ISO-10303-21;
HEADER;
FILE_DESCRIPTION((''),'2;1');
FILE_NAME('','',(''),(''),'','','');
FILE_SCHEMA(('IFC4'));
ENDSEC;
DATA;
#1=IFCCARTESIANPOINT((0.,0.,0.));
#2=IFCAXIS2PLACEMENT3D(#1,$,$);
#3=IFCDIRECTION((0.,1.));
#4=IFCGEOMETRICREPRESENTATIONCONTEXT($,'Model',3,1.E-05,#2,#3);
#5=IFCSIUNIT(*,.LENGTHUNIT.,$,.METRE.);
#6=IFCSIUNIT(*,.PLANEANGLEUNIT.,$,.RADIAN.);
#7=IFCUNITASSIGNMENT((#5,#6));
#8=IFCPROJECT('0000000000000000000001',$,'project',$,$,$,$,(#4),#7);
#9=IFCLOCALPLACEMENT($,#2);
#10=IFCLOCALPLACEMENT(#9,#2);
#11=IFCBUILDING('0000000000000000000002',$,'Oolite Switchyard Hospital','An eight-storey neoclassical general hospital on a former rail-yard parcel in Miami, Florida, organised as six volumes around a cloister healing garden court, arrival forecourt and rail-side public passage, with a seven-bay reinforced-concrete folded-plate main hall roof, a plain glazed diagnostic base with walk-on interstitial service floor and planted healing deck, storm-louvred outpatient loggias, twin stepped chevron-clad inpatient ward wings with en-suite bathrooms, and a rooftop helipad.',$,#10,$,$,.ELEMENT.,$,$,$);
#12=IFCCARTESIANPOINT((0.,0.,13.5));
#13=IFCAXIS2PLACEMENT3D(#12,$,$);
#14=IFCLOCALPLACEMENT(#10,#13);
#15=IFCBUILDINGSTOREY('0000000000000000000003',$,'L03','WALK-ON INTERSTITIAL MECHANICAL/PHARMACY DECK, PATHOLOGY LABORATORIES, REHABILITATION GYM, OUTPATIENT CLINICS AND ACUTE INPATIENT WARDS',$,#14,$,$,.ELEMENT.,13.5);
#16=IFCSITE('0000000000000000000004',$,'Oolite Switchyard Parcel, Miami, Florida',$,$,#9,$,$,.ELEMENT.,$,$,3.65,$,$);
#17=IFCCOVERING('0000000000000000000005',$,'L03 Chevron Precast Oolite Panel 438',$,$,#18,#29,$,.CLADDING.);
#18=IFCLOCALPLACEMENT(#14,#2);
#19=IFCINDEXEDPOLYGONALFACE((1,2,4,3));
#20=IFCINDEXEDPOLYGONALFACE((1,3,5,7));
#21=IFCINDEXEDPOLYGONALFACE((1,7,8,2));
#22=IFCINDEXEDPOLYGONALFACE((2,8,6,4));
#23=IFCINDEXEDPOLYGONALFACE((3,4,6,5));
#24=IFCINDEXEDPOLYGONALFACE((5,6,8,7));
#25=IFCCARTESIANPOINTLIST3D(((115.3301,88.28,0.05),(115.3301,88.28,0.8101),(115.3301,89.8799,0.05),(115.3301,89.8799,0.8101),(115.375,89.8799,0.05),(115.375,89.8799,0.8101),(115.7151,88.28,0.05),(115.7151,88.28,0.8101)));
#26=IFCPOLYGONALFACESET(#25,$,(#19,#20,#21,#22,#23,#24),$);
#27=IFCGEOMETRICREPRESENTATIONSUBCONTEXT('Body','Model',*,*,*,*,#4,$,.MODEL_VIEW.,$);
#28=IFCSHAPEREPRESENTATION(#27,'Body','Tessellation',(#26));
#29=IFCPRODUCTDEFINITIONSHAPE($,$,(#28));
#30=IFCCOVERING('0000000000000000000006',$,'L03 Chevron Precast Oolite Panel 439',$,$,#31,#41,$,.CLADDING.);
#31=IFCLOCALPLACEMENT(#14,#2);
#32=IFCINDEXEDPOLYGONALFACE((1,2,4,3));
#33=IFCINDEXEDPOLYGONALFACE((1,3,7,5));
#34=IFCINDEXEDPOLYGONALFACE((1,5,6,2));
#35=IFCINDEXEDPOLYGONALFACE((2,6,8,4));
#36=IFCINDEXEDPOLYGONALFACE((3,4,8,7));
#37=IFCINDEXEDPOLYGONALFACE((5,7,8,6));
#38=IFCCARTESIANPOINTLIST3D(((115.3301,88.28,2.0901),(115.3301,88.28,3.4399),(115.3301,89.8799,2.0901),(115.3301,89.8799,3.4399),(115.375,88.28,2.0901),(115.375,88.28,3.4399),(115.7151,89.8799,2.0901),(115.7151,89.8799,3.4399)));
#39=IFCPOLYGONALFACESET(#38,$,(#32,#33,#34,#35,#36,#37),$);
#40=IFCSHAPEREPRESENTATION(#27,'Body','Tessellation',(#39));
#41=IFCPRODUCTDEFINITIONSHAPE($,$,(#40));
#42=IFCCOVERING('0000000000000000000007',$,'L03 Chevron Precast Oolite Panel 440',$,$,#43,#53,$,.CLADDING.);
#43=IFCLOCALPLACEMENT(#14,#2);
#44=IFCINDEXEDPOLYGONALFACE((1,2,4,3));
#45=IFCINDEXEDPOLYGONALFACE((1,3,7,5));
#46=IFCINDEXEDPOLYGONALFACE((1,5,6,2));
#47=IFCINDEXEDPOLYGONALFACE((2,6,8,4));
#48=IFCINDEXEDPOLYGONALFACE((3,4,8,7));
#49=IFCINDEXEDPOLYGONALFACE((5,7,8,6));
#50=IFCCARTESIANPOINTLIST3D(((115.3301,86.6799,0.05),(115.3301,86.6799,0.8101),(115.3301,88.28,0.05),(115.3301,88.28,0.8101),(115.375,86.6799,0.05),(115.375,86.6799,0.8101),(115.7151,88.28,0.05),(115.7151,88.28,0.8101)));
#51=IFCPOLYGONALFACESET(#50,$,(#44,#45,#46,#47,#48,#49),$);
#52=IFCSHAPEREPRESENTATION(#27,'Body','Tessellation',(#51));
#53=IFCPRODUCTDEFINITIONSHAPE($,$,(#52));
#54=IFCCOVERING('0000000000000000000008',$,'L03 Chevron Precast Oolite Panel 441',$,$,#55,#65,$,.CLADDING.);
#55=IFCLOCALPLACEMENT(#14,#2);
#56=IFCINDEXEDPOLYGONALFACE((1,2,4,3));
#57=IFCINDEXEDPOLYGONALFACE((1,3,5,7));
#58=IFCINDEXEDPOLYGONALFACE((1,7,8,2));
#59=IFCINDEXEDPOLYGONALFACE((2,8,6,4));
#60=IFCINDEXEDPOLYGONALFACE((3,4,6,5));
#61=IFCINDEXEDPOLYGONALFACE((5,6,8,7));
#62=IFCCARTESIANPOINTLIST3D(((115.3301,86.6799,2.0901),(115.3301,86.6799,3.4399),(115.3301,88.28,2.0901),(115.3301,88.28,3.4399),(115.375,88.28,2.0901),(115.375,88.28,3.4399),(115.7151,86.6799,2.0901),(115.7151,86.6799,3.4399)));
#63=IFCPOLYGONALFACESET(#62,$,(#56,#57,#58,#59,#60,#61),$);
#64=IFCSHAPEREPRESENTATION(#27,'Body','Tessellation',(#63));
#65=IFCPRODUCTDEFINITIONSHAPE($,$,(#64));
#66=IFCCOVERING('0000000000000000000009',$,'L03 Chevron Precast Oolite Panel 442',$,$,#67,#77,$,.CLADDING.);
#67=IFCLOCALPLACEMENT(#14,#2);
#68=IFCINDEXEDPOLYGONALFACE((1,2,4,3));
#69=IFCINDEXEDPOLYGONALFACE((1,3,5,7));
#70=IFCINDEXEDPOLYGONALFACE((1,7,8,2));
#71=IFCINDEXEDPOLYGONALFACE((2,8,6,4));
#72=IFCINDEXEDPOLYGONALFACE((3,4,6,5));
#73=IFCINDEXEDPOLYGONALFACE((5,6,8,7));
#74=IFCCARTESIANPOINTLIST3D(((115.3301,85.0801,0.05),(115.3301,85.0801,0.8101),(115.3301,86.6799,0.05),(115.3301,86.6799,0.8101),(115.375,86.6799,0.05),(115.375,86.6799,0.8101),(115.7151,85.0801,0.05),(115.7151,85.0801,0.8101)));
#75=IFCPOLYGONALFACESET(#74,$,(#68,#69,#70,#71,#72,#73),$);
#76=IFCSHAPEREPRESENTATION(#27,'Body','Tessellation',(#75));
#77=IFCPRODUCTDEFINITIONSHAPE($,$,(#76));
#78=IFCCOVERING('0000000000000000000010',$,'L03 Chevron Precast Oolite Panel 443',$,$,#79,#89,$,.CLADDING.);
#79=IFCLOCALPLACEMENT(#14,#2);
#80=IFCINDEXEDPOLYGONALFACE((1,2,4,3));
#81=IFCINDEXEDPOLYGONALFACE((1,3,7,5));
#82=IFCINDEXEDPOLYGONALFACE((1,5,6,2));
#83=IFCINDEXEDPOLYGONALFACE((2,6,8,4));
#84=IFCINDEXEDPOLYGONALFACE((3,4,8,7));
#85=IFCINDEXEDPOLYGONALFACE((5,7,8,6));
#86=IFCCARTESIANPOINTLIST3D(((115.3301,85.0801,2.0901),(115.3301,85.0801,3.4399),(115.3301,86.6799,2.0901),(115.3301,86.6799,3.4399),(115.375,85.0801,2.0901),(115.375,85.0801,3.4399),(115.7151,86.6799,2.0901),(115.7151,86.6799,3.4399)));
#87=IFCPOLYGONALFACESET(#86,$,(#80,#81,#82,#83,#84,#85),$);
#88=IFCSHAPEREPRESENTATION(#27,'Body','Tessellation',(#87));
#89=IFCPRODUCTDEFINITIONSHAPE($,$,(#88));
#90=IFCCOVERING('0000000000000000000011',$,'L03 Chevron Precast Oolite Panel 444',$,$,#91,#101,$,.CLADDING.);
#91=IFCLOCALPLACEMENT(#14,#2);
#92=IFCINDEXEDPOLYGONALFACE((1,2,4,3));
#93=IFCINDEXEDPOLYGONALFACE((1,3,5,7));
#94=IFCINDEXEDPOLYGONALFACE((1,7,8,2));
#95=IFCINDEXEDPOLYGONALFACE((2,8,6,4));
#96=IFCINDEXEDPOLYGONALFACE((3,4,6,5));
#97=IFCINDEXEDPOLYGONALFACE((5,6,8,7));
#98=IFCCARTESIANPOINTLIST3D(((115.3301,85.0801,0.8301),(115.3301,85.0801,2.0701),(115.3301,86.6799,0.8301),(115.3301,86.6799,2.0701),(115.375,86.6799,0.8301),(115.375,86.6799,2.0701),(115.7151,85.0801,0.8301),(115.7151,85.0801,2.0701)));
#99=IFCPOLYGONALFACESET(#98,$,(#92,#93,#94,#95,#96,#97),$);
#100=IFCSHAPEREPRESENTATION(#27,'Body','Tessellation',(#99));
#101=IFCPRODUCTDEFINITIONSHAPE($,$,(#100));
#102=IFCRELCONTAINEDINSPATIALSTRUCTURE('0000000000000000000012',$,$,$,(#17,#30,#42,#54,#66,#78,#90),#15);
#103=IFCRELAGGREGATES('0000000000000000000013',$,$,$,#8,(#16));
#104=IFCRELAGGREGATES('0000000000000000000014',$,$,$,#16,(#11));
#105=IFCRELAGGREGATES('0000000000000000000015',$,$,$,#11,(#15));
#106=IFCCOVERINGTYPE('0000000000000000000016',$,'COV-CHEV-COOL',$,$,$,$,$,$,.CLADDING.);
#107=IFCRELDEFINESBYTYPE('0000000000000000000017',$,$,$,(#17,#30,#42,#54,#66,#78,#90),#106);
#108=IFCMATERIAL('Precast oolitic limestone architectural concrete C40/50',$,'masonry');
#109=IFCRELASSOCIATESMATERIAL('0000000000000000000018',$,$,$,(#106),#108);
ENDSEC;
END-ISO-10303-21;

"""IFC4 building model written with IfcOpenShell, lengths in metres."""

from ifc_helpers import new_model, si_unit, direction, frame, origin, place, context, subcontext, project, spatial, polyline, outline, extrude, material, type_object, element, save


model = new_model("IFC4")

# Units and contexts
model_context = context("Model", 3, precision=1e-05, world=origin(), true_north=direction((0.0, 1.0)))
body_context = subcontext(model_context, "Body", "Model", "MODEL_VIEW")
ifc_project = project(units=[si_unit("LENGTHUNIT", "METRE"), si_unit("PLANEANGLEUNIT", "RADIAN")], contexts=[model_context])

# Site, building, storey
site_placement = place(None, origin())
site = spatial("IfcSite", under=ifc_project, at=site_placement, Name="Oolite Switchyard Parcel, Miami, Florida", CompositionType="ELEMENT", RefElevation=3.65)
building_placement = place(site_placement, origin())
building = spatial("IfcBuilding", under=site, at=building_placement, Name="Oolite Switchyard Hospital", Description="An eight-storey neoclassical general hospital on a former rail-yard parcel in Miami, Florida, organised as six volumes around a cloister healing garden court, arrival forecourt and rail-side public passage, with a seven-bay reinforced-concrete folded-plate main hall roof, a plain glazed diagnostic base with walk-on interstitial service floor and planted healing deck, storm-louvred outpatient loggias, twin stepped chevron-clad inpatient ward wings with en-suite bathrooms, and a rooftop helipad.", CompositionType="ELEMENT")
storey_placement = place(building_placement, frame((0.0, 0.0, 13.5)))
storey = spatial("IfcBuildingStorey", under=building, at=storey_placement, Name="L03", Description="WALK-ON INTERSTITIAL MECHANICAL/PHARMACY DECK, PATHOLOGY LABORATORIES, REHABILITATION GYM, OUTPATIENT CLINICS AND ACUTE INPATIENT WARDS", CompositionType="ELEMENT", Elevation=13.5)

# Coverings
ifc_material_1 = material(Name="Precast oolitic limestone architectural concrete C40/50", Category="masonry")
covering_type = type_object("IfcCoveringType", Name="COV-CHEV-COOL", PredefinedType="CLADDING", material=ifc_material_1)
covering_1_placement = place(storey_placement, frame((115.3301, 89.8799, 0.05), z_axis=(0.0, 0.0, 1.0), x_axis=(0.0, -1.0, 0.0)))
element("IfcCovering", 1, at=covering_1_placement, inside=storey, type_object=covering_type, Name="L03 Chevron Precast Oolite Panel 438", PredefinedType="CLADDING", context=body_context, shape_type="SweptSolid", body=[
    extrude(outline(polyline([(0.0, 0.0), (1.5999, 0.0), (1.5999, 0.385), (0.0, 0.0449), (0.0, 0.0)])), origin(), (0.0, 0.0, 1.0), 0.76),
])
covering_2_placement = place(storey_placement, frame((115.3301, 89.8799, 2.0901), z_axis=(0.0, 0.0, 1.0), x_axis=(0.0, -1.0, 0.0)))
element("IfcCovering", 2, at=covering_2_placement, inside=storey, type_object=covering_type, Name="L03 Chevron Precast Oolite Panel 439", PredefinedType="CLADDING", context=body_context, shape_type="SweptSolid", body=[
    extrude(outline(polyline([(0.0, 0.0), (1.5999, 0.0), (1.5999, 0.0449), (0.0, 0.385), (0.0, 0.0)])), origin(), (0.0, 0.0, 1.0), 1.3499),
])
covering_3_placement = place(storey_placement, frame((115.3301, 88.28, 0.05), z_axis=(0.0, 0.0, 1.0), x_axis=(0.0, -1.0, 0.0)))
element("IfcCovering", 3, at=covering_3_placement, inside=storey, type_object=covering_type, Name="L03 Chevron Precast Oolite Panel 440", PredefinedType="CLADDING", context=body_context, shape_type="SweptSolid", body=[
    extrude(outline(polyline([(0.0, 0.0), (1.6001, 0.0), (1.6001, 0.0449), (0.0, 0.385), (0.0, 0.0)])), origin(), (0.0, 0.0, 1.0), 0.76),
])
covering_4_placement = place(storey_placement, frame((115.3301, 88.28, 2.0901), z_axis=(0.0, 0.0, 1.0), x_axis=(0.0, -1.0, 0.0)))
element("IfcCovering", 4, at=covering_4_placement, inside=storey, type_object=covering_type, Name="L03 Chevron Precast Oolite Panel 441", PredefinedType="CLADDING", context=body_context, shape_type="SweptSolid", body=[
    extrude(outline(polyline([(0.0, 0.0), (1.6001, 0.0), (1.6001, 0.385), (0.0, 0.0449), (0.0, 0.0)])), origin(), (0.0, 0.0, 1.0), 1.3499),
])
covering_5_placement = place(storey_placement, frame((115.3301, 86.6799, 0.05), z_axis=(0.0, 0.0, 1.0), x_axis=(0.0, -1.0, 0.0)))
element("IfcCovering", 5, at=covering_5_placement, inside=storey, type_object=covering_type, Name="L03 Chevron Precast Oolite Panel 442", PredefinedType="CLADDING", context=body_context, shape_type="SweptSolid", body=[
    extrude(outline(polyline([(0.0, 0.0), (1.5999, 0.0), (1.5999, 0.385), (0.0, 0.0449), (0.0, 0.0)])), origin(), (0.0, 0.0, 1.0), 0.76),
])
covering_6_placement = place(storey_placement, frame((115.3301, 86.6799, 2.0901), z_axis=(0.0, 0.0, 1.0), x_axis=(0.0, -1.0, 0.0)))
element("IfcCovering", 6, at=covering_6_placement, inside=storey, type_object=covering_type, Name="L03 Chevron Precast Oolite Panel 443", PredefinedType="CLADDING", context=body_context, shape_type="SweptSolid", body=[
    extrude(outline(polyline([(0.0, 0.0), (1.5999, 0.0), (1.5999, 0.0449), (0.0, 0.385), (0.0, 0.0)])), origin(), (0.0, 0.0, 1.0), 1.3499),
])
covering_7_placement = place(storey_placement, frame((115.3301, 86.6799, 0.8301), z_axis=(0.0, 0.0, 1.0), x_axis=(0.0, -1.0, 0.0)))
element("IfcCovering", 7, at=covering_7_placement, inside=storey, type_object=covering_type, Name="L03 Chevron Precast Oolite Panel 444", PredefinedType="CLADDING", context=body_context, shape_type="SweptSolid", body=[
    extrude(outline(polyline([(0.0, 0.0), (1.5999, 0.0), (1.5999, 0.385), (0.0, 0.0449), (0.0, 0.0)])), origin(), (0.0, 0.0, 1.0), 1.24),
])

save(model, "model.ifc")
